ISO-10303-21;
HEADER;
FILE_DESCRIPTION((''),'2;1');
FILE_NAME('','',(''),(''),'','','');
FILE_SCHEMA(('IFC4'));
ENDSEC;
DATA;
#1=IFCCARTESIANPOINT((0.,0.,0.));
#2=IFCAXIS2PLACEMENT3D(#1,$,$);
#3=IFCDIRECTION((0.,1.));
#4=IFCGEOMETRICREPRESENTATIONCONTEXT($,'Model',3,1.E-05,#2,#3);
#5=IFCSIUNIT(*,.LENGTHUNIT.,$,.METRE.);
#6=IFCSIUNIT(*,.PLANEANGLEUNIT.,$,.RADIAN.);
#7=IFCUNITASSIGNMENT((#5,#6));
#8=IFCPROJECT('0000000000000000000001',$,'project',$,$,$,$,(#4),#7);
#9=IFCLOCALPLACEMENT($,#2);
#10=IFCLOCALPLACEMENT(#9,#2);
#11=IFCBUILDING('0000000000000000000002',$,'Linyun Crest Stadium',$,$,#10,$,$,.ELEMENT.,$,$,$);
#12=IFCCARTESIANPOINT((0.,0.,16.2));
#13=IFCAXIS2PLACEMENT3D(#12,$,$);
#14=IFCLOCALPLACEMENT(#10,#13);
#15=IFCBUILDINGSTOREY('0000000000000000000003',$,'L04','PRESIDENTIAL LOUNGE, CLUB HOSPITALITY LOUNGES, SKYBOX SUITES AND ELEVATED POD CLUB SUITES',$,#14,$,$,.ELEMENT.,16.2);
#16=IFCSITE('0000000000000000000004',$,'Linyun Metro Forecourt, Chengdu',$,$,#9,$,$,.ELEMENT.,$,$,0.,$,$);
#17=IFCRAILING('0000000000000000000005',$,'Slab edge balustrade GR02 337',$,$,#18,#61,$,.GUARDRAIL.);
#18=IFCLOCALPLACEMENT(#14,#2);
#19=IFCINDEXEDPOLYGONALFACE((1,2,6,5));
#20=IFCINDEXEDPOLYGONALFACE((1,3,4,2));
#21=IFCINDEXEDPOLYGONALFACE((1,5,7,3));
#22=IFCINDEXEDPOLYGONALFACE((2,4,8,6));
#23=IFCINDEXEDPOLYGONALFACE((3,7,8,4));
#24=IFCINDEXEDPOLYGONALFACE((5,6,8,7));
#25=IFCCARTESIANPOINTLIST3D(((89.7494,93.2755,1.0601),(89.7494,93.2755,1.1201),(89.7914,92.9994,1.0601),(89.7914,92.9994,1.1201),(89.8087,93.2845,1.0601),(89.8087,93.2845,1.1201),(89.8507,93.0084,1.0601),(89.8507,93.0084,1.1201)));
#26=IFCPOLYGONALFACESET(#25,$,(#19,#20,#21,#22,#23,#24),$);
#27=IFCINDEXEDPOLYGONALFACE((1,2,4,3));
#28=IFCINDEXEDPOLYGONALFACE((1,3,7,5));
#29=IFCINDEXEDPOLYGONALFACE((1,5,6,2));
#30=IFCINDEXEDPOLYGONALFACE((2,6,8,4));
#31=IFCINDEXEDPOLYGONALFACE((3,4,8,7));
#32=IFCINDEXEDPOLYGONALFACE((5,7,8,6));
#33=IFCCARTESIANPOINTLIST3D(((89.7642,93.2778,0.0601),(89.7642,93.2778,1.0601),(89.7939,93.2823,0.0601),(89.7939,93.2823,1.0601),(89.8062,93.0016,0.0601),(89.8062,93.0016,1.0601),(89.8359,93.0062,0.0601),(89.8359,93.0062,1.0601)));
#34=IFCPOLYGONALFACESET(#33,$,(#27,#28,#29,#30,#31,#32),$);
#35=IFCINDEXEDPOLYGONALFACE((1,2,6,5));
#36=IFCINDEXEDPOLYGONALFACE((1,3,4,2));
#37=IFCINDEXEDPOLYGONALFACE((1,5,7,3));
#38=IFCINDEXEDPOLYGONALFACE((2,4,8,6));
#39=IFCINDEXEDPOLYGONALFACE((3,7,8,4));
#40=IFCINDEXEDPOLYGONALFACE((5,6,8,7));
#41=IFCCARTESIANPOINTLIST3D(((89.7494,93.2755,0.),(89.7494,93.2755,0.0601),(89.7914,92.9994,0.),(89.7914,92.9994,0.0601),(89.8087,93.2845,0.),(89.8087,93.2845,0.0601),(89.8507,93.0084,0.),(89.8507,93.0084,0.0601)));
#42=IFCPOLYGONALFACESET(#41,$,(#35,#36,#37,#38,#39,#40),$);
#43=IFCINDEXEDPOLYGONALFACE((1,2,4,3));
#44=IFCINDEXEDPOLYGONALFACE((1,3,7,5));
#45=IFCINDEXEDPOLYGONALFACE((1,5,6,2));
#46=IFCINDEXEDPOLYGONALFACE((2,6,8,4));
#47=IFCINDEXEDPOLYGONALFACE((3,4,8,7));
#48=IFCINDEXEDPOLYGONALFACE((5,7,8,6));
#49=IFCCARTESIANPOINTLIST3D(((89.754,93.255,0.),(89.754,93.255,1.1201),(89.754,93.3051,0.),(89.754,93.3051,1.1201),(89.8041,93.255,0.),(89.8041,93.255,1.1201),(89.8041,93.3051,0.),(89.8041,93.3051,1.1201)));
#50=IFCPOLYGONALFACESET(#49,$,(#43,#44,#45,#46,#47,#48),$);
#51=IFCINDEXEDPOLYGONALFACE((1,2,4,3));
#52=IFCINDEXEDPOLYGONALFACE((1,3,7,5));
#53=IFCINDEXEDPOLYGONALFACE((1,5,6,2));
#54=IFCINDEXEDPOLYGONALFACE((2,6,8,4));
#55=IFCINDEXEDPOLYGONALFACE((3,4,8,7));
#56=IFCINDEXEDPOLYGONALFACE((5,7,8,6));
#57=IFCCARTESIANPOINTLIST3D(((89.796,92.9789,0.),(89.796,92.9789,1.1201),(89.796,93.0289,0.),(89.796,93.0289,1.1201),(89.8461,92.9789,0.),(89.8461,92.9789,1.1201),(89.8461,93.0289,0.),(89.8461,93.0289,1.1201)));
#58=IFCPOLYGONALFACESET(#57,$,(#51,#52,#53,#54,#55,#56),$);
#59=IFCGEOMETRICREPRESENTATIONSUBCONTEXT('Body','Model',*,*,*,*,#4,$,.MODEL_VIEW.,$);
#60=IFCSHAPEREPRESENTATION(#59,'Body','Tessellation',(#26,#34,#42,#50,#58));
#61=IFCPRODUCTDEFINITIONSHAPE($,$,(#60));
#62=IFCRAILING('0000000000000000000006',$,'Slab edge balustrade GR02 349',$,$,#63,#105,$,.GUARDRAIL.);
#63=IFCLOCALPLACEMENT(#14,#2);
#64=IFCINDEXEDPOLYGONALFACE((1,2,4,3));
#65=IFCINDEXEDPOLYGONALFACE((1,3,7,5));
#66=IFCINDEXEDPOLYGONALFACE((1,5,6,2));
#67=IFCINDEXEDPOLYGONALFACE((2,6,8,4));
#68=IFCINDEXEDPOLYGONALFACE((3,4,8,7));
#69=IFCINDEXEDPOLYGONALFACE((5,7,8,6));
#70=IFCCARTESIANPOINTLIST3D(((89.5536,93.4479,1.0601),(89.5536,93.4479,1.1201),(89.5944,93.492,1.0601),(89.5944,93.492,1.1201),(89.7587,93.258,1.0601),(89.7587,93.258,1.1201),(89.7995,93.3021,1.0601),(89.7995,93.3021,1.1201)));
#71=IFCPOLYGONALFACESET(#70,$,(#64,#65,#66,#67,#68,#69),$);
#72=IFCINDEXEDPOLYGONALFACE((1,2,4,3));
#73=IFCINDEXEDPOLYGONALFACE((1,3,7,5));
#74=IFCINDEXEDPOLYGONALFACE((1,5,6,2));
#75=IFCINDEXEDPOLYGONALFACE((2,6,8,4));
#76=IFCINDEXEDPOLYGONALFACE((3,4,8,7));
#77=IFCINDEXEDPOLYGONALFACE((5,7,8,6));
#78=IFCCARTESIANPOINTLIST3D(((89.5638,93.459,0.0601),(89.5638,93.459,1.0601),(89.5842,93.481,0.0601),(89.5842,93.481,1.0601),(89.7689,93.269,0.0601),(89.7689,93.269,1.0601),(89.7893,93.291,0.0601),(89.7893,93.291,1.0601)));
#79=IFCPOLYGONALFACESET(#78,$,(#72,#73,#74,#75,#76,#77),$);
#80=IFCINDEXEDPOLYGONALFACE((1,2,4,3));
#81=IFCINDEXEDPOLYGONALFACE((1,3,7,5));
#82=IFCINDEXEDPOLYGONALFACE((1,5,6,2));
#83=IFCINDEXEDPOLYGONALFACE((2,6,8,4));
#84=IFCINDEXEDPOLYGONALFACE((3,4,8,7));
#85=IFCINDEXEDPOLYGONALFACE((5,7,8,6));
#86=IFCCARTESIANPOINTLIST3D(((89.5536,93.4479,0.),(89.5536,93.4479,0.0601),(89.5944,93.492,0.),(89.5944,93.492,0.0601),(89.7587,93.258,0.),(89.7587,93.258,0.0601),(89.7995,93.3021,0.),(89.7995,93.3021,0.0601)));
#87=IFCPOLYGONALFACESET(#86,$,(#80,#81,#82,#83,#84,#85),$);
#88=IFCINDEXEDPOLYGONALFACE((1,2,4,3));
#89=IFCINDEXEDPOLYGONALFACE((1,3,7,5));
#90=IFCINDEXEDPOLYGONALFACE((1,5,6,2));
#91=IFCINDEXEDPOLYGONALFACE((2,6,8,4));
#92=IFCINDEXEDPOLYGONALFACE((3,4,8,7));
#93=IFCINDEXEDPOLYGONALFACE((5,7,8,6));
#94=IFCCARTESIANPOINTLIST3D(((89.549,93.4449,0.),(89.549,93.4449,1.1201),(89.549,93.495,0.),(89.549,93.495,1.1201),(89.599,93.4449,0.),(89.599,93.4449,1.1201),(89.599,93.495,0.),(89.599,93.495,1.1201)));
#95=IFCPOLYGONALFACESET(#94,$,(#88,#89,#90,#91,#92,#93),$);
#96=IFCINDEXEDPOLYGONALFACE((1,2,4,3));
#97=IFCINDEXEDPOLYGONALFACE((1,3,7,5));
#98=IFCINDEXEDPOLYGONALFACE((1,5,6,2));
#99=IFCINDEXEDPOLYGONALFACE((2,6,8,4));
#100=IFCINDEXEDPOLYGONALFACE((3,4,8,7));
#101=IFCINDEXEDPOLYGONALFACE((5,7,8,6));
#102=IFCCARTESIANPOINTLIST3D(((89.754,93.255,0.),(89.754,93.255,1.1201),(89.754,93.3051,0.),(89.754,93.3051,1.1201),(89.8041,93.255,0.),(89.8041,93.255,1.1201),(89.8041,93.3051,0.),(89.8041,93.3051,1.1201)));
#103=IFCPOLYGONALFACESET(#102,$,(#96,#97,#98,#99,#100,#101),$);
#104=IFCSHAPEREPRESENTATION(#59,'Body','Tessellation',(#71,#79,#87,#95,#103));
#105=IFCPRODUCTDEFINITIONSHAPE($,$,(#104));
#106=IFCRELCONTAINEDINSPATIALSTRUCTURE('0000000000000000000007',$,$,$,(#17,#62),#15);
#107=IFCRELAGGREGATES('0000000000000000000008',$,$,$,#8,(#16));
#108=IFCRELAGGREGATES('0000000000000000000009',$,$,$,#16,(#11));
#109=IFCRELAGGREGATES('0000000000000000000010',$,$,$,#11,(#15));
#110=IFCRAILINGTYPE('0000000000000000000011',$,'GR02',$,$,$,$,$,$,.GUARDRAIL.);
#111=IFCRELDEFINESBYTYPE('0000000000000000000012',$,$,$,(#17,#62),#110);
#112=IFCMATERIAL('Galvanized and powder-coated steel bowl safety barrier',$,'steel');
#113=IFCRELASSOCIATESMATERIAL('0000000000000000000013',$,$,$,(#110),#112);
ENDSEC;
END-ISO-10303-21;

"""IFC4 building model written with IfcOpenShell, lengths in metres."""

from ifc_helpers import new_model, si_unit, direction, frame, origin, origin_2d, place, context, subcontext, project, spatial, rectangle, extrude, material, type_object, element, save


model = new_model("IFC4")

# Units and contexts
model_context = context("Model", 3, precision=1e-05, world=origin(), true_north=direction((0.0, 1.0)))
body_context = subcontext(model_context, "Body", "Model", "MODEL_VIEW")
ifc_project = project(units=[si_unit("LENGTHUNIT", "METRE"), si_unit("PLANEANGLEUNIT", "RADIAN")], contexts=[model_context])

# Site, building, storey
site_placement = place(None, origin())
site = spatial("IfcSite", under=ifc_project, at=site_placement, Name="Linyun Metro Forecourt, Chengdu", CompositionType="ELEMENT", RefElevation=0.0)
building_placement = place(site_placement, origin())
building = spatial("IfcBuilding", under=site, at=building_placement, Name="Linyun Crest Stadium", CompositionType="ELEMENT")
storey_placement = place(building_placement, frame((0.0, 0.0, 16.2)))
storey = spatial("IfcBuildingStorey", under=building, at=storey_placement, Name="L04", Description="PRESIDENTIAL LOUNGE, CLUB HOSPITALITY LOUNGES, SKYBOX SUITES AND ELEVATED POD CLUB SUITES", CompositionType="ELEMENT", Elevation=16.2)

# Railings
ifc_material_1 = material(Name="Galvanized and powder-coated steel bowl safety barrier", Category="steel")
railing_type = type_object("IfcRailingType", Name="GR02", PredefinedType="GUARDRAIL", material=ifc_material_1)
railing_1_placement = place(storey_placement, frame((89.7791, 93.28, 0.0)))
element("IfcRailing", 1, at=railing_1_placement, inside=storey, type_object=railing_type, Name="Slab edge balustrade GR02 337", PredefinedType="GUARDRAIL", context=body_context, shape_type="SweptSolid", body=[
    extrude(rectangle(XDim=0.0601, YDim=0.0601, at=origin_2d()), frame((0.0, 0.0, 1.0901), z_axis=(0.150349, -0.988633, 0.0), x_axis=(0.988633, 0.150349, 0.0)), (0.0, 0.0, 1.0), 0.2793),
    extrude(rectangle(XDim=0.03, YDim=1.0, at=origin_2d()), frame((0.0, 0.0, 0.5601), z_axis=(0.150349, -0.988633, 0.0), x_axis=(0.988633, 0.150349, 0.0)), (0.0, 0.0, 1.0), 0.2793),
    extrude(rectangle(XDim=0.0601, YDim=0.0601, at=origin_2d()), frame((0.0, 0.0, 0.03), z_axis=(0.150349, -0.988633, 0.0), x_axis=(0.988633, 0.150349, 0.0)), (0.0, 0.0, 1.0), 0.2793),
    extrude(rectangle(XDim=0.05, YDim=0.05, at=origin_2d()), origin(), (0.0, 0.0, 1.0), 1.1201),
    extrude(rectangle(XDim=0.05, YDim=0.05, at=origin_2d()), frame((0.042, -0.2761, 0.0)), (0.0, 0.0, 1.0), 1.1201),
])
railing_2_placement = place(storey_placement, frame((89.574, 93.47, 0.0)))
element("IfcRailing", 2, at=railing_2_placement, inside=storey, type_object=railing_type, Name="Slab edge balustrade GR02 349", PredefinedType="GUARDRAIL", context=body_context, shape_type="SweptSolid", body=[
    extrude(rectangle(XDim=0.0601, YDim=0.0601, at=origin_2d()), frame((0.0, 0.0, 1.0901), z_axis=(0.733664, -0.679513, 0.0), x_axis=(0.679513, 0.733664, 0.0)), (0.0, 0.0, 1.0), 0.2795),
    extrude(rectangle(XDim=0.03, YDim=1.0, at=origin_2d()), frame((0.0, 0.0, 0.5601), z_axis=(0.733664, -0.679513, 0.0), x_axis=(0.679513, 0.733664, 0.0)), (0.0, 0.0, 1.0), 0.2795),
    extrude(rectangle(XDim=0.0601, YDim=0.0601, at=origin_2d()), frame((0.0, 0.0, 0.03), z_axis=(0.733664, -0.679513, 0.0), x_axis=(0.679513, 0.733664, 0.0)), (0.0, 0.0, 1.0), 0.2795),
    extrude(rectangle(XDim=0.05, YDim=0.05, at=origin_2d()), origin(), (0.0, 0.0, 1.0), 1.1201),
    extrude(rectangle(XDim=0.05, YDim=0.05, at=origin_2d()), frame((0.2051, -0.1899, 0.0)), (0.0, 0.0, 1.0), 1.1201),
])

save(model, "model.ifc")
